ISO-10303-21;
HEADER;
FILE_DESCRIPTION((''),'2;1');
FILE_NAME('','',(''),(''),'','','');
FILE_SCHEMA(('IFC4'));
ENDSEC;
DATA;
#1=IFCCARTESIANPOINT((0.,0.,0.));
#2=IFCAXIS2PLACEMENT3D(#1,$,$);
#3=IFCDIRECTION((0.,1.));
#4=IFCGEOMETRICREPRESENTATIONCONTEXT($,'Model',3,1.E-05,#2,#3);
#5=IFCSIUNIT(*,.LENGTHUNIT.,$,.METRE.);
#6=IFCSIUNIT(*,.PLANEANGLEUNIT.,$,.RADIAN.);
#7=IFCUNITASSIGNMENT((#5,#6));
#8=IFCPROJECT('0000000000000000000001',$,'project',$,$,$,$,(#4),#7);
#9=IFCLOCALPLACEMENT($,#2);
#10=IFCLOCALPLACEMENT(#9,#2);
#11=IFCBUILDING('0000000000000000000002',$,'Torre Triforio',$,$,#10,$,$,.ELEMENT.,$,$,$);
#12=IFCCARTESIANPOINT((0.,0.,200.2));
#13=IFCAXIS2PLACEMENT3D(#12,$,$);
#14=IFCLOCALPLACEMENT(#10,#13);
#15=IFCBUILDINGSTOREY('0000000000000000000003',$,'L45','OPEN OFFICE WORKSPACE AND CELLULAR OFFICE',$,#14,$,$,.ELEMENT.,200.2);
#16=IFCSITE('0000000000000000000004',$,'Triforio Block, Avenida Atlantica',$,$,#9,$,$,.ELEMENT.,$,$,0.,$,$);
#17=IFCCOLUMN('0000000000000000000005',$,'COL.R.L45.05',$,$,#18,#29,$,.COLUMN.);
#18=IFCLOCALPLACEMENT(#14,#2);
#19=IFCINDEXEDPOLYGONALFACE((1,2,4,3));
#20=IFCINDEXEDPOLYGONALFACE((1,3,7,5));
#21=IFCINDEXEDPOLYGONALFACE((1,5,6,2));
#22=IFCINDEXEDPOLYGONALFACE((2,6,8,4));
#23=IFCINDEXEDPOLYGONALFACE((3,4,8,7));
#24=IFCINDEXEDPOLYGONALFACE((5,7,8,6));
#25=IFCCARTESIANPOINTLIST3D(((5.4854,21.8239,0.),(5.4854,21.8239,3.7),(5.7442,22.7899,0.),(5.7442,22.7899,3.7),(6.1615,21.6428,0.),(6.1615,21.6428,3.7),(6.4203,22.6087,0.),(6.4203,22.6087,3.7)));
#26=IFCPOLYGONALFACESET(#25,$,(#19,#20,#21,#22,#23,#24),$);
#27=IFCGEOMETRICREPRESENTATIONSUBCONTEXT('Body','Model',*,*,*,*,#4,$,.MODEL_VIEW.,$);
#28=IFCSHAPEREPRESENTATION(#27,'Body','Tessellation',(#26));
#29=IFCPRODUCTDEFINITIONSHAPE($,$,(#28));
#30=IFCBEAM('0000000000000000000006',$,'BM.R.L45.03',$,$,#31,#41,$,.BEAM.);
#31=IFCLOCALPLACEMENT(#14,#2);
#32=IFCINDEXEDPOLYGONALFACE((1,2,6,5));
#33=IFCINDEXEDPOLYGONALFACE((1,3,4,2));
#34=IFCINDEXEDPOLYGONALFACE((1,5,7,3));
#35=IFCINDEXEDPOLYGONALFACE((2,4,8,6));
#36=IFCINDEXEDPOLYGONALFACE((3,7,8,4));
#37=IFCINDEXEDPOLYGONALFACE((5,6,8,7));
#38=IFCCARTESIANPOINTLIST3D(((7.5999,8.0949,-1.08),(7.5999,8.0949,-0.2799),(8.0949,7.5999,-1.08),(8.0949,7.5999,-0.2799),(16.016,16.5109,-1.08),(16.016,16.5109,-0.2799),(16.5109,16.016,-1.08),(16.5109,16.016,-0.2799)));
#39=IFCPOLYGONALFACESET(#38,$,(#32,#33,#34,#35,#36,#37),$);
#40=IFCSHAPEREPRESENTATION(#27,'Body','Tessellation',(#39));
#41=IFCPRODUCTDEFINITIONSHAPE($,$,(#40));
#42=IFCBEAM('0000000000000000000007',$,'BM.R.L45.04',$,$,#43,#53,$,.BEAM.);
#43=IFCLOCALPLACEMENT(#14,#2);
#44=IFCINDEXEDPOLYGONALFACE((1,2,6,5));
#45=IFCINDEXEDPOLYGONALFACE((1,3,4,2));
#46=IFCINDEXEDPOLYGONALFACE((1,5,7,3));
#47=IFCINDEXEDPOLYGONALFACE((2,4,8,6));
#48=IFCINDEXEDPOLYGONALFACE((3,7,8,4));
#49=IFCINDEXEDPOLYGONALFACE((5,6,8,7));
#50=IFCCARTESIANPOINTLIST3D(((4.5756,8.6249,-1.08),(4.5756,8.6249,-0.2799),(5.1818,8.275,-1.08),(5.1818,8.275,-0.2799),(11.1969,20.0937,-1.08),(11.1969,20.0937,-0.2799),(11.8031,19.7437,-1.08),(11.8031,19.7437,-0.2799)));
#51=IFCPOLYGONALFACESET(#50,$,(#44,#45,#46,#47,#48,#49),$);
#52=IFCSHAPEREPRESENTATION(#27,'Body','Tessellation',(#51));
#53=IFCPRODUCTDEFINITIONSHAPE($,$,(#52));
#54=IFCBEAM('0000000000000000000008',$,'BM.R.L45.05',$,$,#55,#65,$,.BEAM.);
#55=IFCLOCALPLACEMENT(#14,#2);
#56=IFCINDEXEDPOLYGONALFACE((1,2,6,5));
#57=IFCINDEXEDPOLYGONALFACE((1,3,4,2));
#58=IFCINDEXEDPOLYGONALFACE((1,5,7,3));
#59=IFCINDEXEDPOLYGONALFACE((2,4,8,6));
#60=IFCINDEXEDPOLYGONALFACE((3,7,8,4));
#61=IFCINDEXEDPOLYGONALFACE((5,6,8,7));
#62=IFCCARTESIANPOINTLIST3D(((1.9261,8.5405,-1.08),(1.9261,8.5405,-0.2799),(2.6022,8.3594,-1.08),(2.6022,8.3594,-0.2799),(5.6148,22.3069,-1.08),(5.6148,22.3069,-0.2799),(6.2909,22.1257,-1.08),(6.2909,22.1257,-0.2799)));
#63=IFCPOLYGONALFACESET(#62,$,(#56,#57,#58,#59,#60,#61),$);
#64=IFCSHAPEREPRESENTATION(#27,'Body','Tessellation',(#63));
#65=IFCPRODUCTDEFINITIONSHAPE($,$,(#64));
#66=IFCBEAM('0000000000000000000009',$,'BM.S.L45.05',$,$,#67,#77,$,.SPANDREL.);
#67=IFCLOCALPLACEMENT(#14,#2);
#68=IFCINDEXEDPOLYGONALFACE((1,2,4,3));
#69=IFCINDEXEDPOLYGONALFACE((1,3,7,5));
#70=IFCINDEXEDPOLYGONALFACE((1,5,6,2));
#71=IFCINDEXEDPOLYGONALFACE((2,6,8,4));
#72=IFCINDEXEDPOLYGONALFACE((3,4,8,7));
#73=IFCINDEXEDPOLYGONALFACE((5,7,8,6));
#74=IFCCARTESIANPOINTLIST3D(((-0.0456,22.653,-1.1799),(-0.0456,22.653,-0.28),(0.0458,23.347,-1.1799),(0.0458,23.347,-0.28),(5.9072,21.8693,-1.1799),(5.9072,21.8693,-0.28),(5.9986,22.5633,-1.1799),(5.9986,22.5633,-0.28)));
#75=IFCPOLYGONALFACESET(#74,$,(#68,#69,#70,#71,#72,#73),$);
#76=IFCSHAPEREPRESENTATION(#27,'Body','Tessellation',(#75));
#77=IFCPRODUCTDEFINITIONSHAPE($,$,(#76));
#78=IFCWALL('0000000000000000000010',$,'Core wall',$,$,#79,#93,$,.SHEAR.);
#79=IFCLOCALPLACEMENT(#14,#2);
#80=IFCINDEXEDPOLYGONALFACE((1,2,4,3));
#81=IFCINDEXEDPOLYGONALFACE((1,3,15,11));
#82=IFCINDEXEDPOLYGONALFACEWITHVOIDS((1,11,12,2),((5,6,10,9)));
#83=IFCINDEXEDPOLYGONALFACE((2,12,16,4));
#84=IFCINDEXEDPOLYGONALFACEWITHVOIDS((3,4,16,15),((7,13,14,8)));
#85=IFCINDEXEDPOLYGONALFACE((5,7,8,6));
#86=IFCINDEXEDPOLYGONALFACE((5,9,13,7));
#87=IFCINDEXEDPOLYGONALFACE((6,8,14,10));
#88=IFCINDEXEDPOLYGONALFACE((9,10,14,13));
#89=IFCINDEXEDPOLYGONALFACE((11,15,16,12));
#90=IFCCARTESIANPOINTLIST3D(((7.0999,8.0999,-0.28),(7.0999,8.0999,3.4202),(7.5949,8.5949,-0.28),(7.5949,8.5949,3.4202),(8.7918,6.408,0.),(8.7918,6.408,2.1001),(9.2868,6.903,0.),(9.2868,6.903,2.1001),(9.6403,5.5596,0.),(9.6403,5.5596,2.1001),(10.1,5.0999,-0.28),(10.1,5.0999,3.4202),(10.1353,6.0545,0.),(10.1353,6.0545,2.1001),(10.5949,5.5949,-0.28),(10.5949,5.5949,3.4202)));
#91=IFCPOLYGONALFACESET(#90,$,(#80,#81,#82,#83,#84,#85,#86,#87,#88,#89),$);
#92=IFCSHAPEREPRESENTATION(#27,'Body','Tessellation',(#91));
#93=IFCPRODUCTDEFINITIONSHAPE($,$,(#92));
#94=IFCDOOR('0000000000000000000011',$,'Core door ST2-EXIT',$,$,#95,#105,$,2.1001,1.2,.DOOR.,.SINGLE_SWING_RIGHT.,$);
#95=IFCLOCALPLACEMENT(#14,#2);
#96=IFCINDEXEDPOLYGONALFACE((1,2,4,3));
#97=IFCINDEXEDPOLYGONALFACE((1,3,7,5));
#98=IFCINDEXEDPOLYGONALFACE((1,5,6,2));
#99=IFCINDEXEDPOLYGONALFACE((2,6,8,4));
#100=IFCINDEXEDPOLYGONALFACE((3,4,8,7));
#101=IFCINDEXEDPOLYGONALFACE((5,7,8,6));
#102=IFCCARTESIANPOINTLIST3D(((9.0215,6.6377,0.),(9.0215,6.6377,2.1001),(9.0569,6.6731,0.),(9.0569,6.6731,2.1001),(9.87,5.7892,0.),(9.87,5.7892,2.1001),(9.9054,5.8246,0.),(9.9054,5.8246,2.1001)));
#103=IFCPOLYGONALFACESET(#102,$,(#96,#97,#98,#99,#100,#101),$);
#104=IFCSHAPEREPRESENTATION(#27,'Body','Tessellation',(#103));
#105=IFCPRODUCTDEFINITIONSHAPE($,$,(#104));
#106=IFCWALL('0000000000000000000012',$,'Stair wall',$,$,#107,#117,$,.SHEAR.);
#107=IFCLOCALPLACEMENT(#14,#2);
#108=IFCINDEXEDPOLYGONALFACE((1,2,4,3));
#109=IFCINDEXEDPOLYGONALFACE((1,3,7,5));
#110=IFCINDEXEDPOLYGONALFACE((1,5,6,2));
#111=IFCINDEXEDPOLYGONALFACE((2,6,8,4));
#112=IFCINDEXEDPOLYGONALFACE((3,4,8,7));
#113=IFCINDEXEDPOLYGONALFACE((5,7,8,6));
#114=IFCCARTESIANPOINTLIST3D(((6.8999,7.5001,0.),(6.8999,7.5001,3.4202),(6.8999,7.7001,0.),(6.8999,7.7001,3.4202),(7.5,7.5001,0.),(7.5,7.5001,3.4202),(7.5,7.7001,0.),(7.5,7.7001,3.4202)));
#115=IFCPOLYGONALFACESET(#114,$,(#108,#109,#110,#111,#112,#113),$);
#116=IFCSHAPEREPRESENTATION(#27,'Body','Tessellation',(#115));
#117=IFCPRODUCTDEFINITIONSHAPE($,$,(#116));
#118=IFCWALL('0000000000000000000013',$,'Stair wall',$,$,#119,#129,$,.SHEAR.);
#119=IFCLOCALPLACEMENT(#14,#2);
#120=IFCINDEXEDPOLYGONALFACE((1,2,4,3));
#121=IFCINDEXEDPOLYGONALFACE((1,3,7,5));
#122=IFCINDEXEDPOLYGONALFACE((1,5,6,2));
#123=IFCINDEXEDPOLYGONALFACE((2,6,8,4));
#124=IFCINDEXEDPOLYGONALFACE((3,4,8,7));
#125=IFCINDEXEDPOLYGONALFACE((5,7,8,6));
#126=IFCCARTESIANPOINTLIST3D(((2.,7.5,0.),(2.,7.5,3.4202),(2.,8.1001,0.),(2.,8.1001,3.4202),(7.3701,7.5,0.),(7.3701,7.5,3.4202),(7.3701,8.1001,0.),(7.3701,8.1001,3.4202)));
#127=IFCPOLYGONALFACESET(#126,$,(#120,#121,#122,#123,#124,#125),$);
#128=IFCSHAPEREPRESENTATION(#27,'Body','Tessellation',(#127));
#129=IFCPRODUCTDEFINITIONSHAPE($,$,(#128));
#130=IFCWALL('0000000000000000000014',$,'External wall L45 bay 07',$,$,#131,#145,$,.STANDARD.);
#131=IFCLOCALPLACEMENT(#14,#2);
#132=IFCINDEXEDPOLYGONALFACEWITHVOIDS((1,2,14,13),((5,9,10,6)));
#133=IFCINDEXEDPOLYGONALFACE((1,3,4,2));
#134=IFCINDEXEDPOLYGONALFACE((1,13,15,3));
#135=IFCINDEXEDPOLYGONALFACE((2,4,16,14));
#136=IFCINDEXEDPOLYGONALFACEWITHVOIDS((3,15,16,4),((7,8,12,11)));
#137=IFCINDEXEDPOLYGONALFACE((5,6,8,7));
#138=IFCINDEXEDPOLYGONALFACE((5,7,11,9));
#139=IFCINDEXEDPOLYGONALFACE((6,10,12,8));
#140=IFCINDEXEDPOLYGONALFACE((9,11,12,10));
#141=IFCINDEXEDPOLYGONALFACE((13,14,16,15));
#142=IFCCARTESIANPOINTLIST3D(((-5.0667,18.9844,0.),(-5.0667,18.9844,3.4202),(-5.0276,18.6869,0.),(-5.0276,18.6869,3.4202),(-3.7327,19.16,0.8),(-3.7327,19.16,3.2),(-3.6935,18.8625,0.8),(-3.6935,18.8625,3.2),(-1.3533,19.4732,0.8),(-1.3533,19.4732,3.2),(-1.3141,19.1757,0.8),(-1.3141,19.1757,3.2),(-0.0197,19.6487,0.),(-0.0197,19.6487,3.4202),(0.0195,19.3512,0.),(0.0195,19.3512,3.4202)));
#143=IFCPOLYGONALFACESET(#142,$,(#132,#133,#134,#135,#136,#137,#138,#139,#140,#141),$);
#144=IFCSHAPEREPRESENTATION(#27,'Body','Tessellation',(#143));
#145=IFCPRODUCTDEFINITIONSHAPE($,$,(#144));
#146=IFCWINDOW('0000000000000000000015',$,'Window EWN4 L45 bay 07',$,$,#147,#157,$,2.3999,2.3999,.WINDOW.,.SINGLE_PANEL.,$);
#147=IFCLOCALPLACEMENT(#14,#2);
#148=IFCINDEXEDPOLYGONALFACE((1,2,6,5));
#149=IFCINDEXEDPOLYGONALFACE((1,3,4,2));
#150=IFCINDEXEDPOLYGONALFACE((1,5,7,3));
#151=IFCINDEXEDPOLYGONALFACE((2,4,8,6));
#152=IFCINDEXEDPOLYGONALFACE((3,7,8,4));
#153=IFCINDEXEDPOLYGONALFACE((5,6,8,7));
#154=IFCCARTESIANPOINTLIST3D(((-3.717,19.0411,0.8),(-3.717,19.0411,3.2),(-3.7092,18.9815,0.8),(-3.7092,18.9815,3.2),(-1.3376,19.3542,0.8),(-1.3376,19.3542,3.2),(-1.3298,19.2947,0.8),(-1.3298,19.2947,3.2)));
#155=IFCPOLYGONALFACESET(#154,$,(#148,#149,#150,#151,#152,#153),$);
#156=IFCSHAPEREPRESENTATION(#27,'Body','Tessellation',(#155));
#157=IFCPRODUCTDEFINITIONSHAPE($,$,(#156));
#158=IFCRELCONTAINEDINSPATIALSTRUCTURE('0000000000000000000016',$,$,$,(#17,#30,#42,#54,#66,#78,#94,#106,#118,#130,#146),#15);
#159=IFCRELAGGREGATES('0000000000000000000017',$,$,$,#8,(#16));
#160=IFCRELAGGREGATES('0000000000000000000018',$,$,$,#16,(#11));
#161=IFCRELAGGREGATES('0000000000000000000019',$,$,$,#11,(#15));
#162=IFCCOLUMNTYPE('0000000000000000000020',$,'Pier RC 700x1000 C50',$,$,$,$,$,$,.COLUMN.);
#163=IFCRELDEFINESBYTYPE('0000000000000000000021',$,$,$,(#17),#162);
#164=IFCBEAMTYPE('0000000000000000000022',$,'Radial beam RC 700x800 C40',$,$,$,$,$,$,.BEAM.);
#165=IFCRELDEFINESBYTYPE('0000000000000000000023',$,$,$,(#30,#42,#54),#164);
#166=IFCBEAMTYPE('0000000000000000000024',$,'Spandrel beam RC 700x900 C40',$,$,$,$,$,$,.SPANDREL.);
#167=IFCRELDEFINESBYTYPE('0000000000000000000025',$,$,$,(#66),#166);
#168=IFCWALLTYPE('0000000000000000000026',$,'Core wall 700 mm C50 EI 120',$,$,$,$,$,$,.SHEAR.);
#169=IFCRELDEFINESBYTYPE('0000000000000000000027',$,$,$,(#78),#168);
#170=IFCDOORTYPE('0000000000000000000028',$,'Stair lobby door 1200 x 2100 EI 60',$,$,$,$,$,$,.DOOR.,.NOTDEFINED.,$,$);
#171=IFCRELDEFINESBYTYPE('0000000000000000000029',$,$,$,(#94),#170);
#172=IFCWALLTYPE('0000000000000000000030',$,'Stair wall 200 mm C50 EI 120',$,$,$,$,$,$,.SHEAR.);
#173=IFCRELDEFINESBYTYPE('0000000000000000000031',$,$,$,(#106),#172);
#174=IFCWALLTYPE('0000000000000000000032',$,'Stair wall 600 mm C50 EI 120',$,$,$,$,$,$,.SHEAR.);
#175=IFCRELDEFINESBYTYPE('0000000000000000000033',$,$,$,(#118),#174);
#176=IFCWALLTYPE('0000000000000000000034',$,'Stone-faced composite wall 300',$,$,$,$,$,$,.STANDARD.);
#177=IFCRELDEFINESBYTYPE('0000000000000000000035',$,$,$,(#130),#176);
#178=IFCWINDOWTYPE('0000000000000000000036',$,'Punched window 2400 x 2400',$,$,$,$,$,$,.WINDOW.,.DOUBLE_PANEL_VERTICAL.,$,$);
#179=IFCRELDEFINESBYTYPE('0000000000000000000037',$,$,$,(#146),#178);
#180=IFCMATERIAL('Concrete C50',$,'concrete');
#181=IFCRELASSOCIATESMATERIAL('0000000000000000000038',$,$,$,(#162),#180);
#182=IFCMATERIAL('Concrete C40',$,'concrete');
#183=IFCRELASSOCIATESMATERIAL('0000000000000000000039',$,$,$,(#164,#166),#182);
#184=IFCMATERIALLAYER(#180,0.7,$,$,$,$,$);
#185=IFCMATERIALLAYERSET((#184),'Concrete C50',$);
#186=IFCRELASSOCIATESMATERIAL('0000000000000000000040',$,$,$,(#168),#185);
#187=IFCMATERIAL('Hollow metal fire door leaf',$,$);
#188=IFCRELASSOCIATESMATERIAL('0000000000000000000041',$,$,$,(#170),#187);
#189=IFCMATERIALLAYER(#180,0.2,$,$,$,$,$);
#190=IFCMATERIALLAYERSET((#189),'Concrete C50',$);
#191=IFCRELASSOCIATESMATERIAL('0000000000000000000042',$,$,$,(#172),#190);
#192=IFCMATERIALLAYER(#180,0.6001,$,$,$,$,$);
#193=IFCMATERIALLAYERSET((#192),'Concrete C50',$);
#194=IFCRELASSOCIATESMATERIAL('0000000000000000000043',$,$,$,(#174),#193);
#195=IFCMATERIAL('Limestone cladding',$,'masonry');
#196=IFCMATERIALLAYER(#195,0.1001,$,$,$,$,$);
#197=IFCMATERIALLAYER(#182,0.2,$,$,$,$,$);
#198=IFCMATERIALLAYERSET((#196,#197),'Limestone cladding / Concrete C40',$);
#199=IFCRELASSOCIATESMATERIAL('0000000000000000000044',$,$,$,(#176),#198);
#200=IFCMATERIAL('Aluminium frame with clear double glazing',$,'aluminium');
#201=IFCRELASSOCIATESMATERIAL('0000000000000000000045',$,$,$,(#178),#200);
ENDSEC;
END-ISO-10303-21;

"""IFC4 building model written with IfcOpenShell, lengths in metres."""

from ifc_helpers import new_model, si_unit, direction, frame, frame_2d, origin, origin_2d, place, context, subcontext, project, spatial, rectangle, extrude, material, layer, layer_set, material_profile, profile_set, type_object, element, fill, save


model = new_model("IFC4")

# Units and contexts
model_context = context("Model", 3, precision=1e-05, world=origin(), true_north=direction((0.0, 1.0)))
body_context = subcontext(model_context, "Body", "Model", "MODEL_VIEW")
ifc_project = project(units=[si_unit("LENGTHUNIT", "METRE"), si_unit("PLANEANGLEUNIT", "RADIAN")], contexts=[model_context])

# Site, building, storey
site_placement = place(None, origin())
site = spatial("IfcSite", under=ifc_project, at=site_placement, Name="Triforio Block, Avenida Atlantica", CompositionType="ELEMENT", RefElevation=0.0)
building_placement = place(site_placement, origin())
building = spatial("IfcBuilding", under=site, at=building_placement, Name="Torre Triforio", CompositionType="ELEMENT")
storey_placement = place(building_placement, frame((0.0, 0.0, 200.2)))
storey = spatial("IfcBuildingStorey", under=building, at=storey_placement, Name="L45", Description="OPEN OFFICE WORKSPACE AND CELLULAR OFFICE", CompositionType="ELEMENT", Elevation=200.2)

# Column
ifc_material_1 = material(Name="Concrete C50", Category="concrete")
ifc_material_profile_1 = material_profile(ifc_material_1, rectangle(XDim=0.7, YDim=1.0, at=origin_2d()), Name="RC 700x1000")
ifc_profile_set_1 = profile_set([ifc_material_profile_1], Name="Concrete C50")
column_type = type_object("IfcColumnType", Name="Pier RC 700x1000 C50", PredefinedType="COLUMN", material=ifc_profile_set_1)
column_placement = place(storey_placement, frame((5.9529, 22.2163, 0.0), z_axis=(0.0, 0.0, 1.0), x_axis=(-0.965926, 0.258819, 0.0)))
element("IfcColumn", 1, at=column_placement, inside=storey, type_object=column_type, Name="COL.R.L45.05", PredefinedType="COLUMN", context=body_context, shape_type="SweptSolid", body=[
    extrude(rectangle(XDim=0.7, YDim=1.0, at=origin_2d()), origin(), (0.0, 0.0, 1.0), 3.7),
])

# Beams
ifc_material_2 = material(Name="Concrete C40", Category="concrete")
ifc_material_profile_2 = material_profile(ifc_material_2, rectangle(XDim=0.7, YDim=0.8, at=origin_2d()), Name="RC 700x800")
ifc_profile_set_2 = profile_set([ifc_material_profile_2], Name="Concrete C40")
beam_type_1 = type_object("IfcBeamType", Name="Radial beam RC 700x800 C40", PredefinedType="BEAM", material=ifc_profile_set_2)
beam_1_placement = place(storey_placement, frame((7.8474, 7.8474, -0.6799), z_axis=(0.707107, 0.707107, 0.0), x_axis=(-0.707107, 0.707107, 0.0)))
element("IfcBeam", 2, at=beam_1_placement, inside=storey, type_object=beam_type_1, Name="BM.R.L45.03", PredefinedType="BEAM", context=body_context, shape_type="SweptSolid", body=[
    extrude(rectangle(XDim=0.7, YDim=0.8, at=origin_2d()), origin(), (0.0, 0.0, 1.0), 11.9021),
])
beam_2_placement = place(storey_placement, frame((4.8787, 8.45, -0.6799), z_axis=(0.499992, 0.86603, 0.0), x_axis=(-0.86603, 0.499992, 0.0)))
element("IfcBeam", 3, at=beam_2_placement, inside=storey, type_object=beam_type_1, Name="BM.R.L45.04", PredefinedType="BEAM", context=body_context, shape_type="SweptSolid", body=[
    extrude(rectangle(XDim=0.7, YDim=0.8, at=origin_2d()), origin(), (0.0, 0.0, 1.0), 13.2429),
])
beam_3_placement = place(storey_placement, frame((2.2642, 8.45, -0.6799), z_axis=(0.258821, 0.965925, 0.0), x_axis=(-0.965925, 0.258821, 0.0)))
element("IfcBeam", 4, at=beam_3_placement, inside=storey, type_object=beam_type_1, Name="BM.R.L45.05", PredefinedType="BEAM", context=body_context, shape_type="SweptSolid", body=[
    extrude(rectangle(XDim=0.7, YDim=0.8, at=origin_2d()), origin(), (0.0, 0.0, 1.0), 14.252),
])
ifc_material_profile_3 = material_profile(ifc_material_2, rectangle(XDim=0.7, YDim=0.8999, at=origin_2d()), Name="RC 700x900")
ifc_profile_set_3 = profile_set([ifc_material_profile_3], Name="Concrete C40")
beam_type_2 = type_object("IfcBeamType", Name="Spandrel beam RC 700x900 C40", PredefinedType="SPANDREL", material=ifc_profile_set_3)
beam_4_placement = place(storey_placement, frame((5.9529, 22.2163, -0.73), z_axis=(-0.991445, 0.130523, 0.0), x_axis=(-0.130523, -0.991445, 0.0)))
element("IfcBeam", 5, at=beam_4_placement, inside=storey, type_object=beam_type_2, Name="BM.S.L45.05", PredefinedType="SPANDREL", context=body_context, shape_type="SweptSolid", body=[
    extrude(rectangle(XDim=0.7, YDim=0.8999, at=origin_2d()), origin(), (0.0, 0.0, 1.0), 6.0042),
])

# Wall, opening, door
ifc_layer_1 = layer(ifc_material_1, 0.7)
ifc_layer_set_1 = layer_set([ifc_layer_1], Name="Concrete C50")
wall_type_1 = type_object("IfcWallType", Name="Core wall 700 mm C50 EI 120", PredefinedType="SHEAR", material=ifc_layer_set_1)
wall_1_placement = place(storey_placement, frame((7.3474, 8.3474, -0.28), z_axis=(0.0, 0.0, 1.0), x_axis=(0.707107, -0.707107, 0.0)))
wall_1 = element("IfcWall", 6, at=wall_1_placement, inside=storey, type_object=wall_type_1, Name="Core wall", PredefinedType="SHEAR", context=body_context, shape_type="SweptSolid", body=[
    extrude(rectangle(XDim=4.2427, YDim=0.7, at=frame_2d((2.1213, 0.0))), origin(), (0.0, 0.0, 1.0), 3.7002),
])
opening_1_placement = place(wall_1_placement, frame((2.3926, 0.0, 0.28)))
opening_1 = element("IfcOpeningElement", 7, at=opening_1_placement, cuts=wall_1, PredefinedType="OPENING", context=body_context, shape_type="SweptSolid", body=[
    extrude(rectangle(XDim=1.2, YDim=2.1001, at=frame_2d((0.6001, 1.05))), frame((0.0, 0.3599, 0.0), z_axis=(0.0, -1.0, 0.0), x_axis=(1.0, 0.0, 0.0)), (0.0, 0.0, 1.0), 0.72),
])
ifc_material_3 = material(Name="Hollow metal fire door leaf")
door_type_1 = type_object("IfcDoorType", Name="Stair lobby door 1200 x 2100 EI 60", OperationType="NOTDEFINED", PredefinedType="DOOR", material=ifc_material_3)
door_1_placement = place(opening_1_placement, origin())
door_1 = element("IfcDoor", 8, at=door_1_placement, inside=storey, type_object=door_type_1, Name="Core door ST2-EXIT", OperationType="SINGLE_SWING_RIGHT", OverallHeight=2.1001, OverallWidth=1.2, PredefinedType="DOOR", context=body_context, shape_type="SweptSolid", body=[
    extrude(rectangle(XDim=1.2, YDim=2.1001, at=frame_2d((0.6001, 1.05))), frame((0.0, 0.0249, 0.0), z_axis=(0.0, -1.0, 0.0), x_axis=(1.0, 0.0, 0.0)), (0.0, 0.0, 1.0), 0.05),
])
fill(opening_1, door_1)

# Walls
ifc_layer_2 = layer(ifc_material_1, 0.2)
ifc_layer_set_2 = layer_set([ifc_layer_2], Name="Concrete C50")
wall_type_2 = type_object("IfcWallType", Name="Stair wall 200 mm C50 EI 120", PredefinedType="SHEAR", material=ifc_layer_set_2)
wall_2_placement = place(storey_placement, frame((6.8999, 7.6001, 0.0), z_axis=(0.0, 0.0, 1.0), x_axis=(1.0, 0.0, 0.0)))
element("IfcWall", 9, at=wall_2_placement, inside=storey, type_object=wall_type_2, Name="Stair wall", PredefinedType="SHEAR", context=body_context, shape_type="SweptSolid", body=[
    extrude(rectangle(XDim=0.6001, YDim=0.2, at=frame_2d((0.3, 0.0))), origin(), (0.0, 0.0, 1.0), 3.4202),
])
ifc_layer_3 = layer(ifc_material_1, 0.6001)
ifc_layer_set_3 = layer_set([ifc_layer_3], Name="Concrete C50")
wall_type_3 = type_object("IfcWallType", Name="Stair wall 600 mm C50 EI 120", PredefinedType="SHEAR", material=ifc_layer_set_3)
wall_3_placement = place(storey_placement, frame((2.0, 7.8, 0.0), z_axis=(0.0, 0.0, 1.0), x_axis=(1.0, 0.0, 0.0)))
element("IfcWall", 10, at=wall_3_placement, inside=storey, type_object=wall_type_3, Name="Stair wall", PredefinedType="SHEAR", context=body_context, shape_type="SweptSolid", body=[
    extrude(rectangle(XDim=5.3701, YDim=0.6001, at=frame_2d((2.6851, 0.0))), origin(), (0.0, 0.0, 1.0), 3.4202),
])

# Shared definitions
ifc_material_4 = material(Name="Limestone cladding", Category="masonry")
ifc_layer_4 = layer(ifc_material_4, 0.1001)
ifc_layer_5 = layer(ifc_material_2, 0.2)
ifc_layer_set_4 = layer_set([ifc_layer_4, ifc_layer_5], Name="Limestone cladding / Concrete C40")
wall_type_4 = type_object("IfcWallType", Name="Stone-faced composite wall 300", PredefinedType="STANDARD", material=ifc_layer_set_4)
ifc_material_5 = material(Name="Aluminium frame with clear double glazing", Category="aluminium")

# Wall, opening, window
wall_4_placement = place(storey_placement, frame((0.0, 19.5, 0.0), z_axis=(0.0, 0.0, 1.0), x_axis=(-0.991449, -0.130495, 0.0)))
wall_4 = element("IfcWall", 11, at=wall_4_placement, inside=storey, type_object=wall_type_4, Name="External wall L45 bay 07", PredefinedType="STANDARD", context=body_context, shape_type="SweptSolid", body=[
    extrude(rectangle(XDim=5.0906, YDim=0.3, at=frame_2d((2.5454, 0.0))), origin(), (0.0, 0.0, 1.0), 3.4202),
])
opening_2_placement = place(wall_4_placement, frame((1.3452, 0.0, 0.8)))
opening_2 = element("IfcOpeningElement", 12, at=opening_2_placement, cuts=wall_4, PredefinedType="OPENING", context=body_context, shape_type="SweptSolid", body=[
    extrude(rectangle(XDim=2.3999, YDim=2.3999, at=frame_2d((1.2, 1.2))), frame((0.0, 0.1599, 0.0), z_axis=(0.0, -1.0, 0.0), x_axis=(1.0, 0.0, 0.0)), (0.0, 0.0, 1.0), 0.3201),
])
window_type_1 = type_object("IfcWindowType", Name="Punched window 2400 x 2400", PartitioningType="DOUBLE_PANEL_VERTICAL", PredefinedType="WINDOW", material=ifc_material_5)
window_1_placement = place(opening_2_placement, origin())
window_1 = element("IfcWindow", 13, at=window_1_placement, inside=storey, type_object=window_type_1, Name="Window EWN4 L45 bay 07", OverallHeight=2.3999, OverallWidth=2.3999, PartitioningType="SINGLE_PANEL", PredefinedType="WINDOW", context=body_context, shape_type="SweptSolid", body=[
    extrude(rectangle(XDim=2.3999, YDim=2.3999, at=frame_2d((1.2, 1.2))), frame((0.0, 0.03, 0.0), z_axis=(0.0, -1.0, 0.0), x_axis=(1.0, 0.0, 0.0)), (0.0, 0.0, 1.0), 0.0601),
])
fill(opening_2, window_1)

save(model, "model.ifc")
